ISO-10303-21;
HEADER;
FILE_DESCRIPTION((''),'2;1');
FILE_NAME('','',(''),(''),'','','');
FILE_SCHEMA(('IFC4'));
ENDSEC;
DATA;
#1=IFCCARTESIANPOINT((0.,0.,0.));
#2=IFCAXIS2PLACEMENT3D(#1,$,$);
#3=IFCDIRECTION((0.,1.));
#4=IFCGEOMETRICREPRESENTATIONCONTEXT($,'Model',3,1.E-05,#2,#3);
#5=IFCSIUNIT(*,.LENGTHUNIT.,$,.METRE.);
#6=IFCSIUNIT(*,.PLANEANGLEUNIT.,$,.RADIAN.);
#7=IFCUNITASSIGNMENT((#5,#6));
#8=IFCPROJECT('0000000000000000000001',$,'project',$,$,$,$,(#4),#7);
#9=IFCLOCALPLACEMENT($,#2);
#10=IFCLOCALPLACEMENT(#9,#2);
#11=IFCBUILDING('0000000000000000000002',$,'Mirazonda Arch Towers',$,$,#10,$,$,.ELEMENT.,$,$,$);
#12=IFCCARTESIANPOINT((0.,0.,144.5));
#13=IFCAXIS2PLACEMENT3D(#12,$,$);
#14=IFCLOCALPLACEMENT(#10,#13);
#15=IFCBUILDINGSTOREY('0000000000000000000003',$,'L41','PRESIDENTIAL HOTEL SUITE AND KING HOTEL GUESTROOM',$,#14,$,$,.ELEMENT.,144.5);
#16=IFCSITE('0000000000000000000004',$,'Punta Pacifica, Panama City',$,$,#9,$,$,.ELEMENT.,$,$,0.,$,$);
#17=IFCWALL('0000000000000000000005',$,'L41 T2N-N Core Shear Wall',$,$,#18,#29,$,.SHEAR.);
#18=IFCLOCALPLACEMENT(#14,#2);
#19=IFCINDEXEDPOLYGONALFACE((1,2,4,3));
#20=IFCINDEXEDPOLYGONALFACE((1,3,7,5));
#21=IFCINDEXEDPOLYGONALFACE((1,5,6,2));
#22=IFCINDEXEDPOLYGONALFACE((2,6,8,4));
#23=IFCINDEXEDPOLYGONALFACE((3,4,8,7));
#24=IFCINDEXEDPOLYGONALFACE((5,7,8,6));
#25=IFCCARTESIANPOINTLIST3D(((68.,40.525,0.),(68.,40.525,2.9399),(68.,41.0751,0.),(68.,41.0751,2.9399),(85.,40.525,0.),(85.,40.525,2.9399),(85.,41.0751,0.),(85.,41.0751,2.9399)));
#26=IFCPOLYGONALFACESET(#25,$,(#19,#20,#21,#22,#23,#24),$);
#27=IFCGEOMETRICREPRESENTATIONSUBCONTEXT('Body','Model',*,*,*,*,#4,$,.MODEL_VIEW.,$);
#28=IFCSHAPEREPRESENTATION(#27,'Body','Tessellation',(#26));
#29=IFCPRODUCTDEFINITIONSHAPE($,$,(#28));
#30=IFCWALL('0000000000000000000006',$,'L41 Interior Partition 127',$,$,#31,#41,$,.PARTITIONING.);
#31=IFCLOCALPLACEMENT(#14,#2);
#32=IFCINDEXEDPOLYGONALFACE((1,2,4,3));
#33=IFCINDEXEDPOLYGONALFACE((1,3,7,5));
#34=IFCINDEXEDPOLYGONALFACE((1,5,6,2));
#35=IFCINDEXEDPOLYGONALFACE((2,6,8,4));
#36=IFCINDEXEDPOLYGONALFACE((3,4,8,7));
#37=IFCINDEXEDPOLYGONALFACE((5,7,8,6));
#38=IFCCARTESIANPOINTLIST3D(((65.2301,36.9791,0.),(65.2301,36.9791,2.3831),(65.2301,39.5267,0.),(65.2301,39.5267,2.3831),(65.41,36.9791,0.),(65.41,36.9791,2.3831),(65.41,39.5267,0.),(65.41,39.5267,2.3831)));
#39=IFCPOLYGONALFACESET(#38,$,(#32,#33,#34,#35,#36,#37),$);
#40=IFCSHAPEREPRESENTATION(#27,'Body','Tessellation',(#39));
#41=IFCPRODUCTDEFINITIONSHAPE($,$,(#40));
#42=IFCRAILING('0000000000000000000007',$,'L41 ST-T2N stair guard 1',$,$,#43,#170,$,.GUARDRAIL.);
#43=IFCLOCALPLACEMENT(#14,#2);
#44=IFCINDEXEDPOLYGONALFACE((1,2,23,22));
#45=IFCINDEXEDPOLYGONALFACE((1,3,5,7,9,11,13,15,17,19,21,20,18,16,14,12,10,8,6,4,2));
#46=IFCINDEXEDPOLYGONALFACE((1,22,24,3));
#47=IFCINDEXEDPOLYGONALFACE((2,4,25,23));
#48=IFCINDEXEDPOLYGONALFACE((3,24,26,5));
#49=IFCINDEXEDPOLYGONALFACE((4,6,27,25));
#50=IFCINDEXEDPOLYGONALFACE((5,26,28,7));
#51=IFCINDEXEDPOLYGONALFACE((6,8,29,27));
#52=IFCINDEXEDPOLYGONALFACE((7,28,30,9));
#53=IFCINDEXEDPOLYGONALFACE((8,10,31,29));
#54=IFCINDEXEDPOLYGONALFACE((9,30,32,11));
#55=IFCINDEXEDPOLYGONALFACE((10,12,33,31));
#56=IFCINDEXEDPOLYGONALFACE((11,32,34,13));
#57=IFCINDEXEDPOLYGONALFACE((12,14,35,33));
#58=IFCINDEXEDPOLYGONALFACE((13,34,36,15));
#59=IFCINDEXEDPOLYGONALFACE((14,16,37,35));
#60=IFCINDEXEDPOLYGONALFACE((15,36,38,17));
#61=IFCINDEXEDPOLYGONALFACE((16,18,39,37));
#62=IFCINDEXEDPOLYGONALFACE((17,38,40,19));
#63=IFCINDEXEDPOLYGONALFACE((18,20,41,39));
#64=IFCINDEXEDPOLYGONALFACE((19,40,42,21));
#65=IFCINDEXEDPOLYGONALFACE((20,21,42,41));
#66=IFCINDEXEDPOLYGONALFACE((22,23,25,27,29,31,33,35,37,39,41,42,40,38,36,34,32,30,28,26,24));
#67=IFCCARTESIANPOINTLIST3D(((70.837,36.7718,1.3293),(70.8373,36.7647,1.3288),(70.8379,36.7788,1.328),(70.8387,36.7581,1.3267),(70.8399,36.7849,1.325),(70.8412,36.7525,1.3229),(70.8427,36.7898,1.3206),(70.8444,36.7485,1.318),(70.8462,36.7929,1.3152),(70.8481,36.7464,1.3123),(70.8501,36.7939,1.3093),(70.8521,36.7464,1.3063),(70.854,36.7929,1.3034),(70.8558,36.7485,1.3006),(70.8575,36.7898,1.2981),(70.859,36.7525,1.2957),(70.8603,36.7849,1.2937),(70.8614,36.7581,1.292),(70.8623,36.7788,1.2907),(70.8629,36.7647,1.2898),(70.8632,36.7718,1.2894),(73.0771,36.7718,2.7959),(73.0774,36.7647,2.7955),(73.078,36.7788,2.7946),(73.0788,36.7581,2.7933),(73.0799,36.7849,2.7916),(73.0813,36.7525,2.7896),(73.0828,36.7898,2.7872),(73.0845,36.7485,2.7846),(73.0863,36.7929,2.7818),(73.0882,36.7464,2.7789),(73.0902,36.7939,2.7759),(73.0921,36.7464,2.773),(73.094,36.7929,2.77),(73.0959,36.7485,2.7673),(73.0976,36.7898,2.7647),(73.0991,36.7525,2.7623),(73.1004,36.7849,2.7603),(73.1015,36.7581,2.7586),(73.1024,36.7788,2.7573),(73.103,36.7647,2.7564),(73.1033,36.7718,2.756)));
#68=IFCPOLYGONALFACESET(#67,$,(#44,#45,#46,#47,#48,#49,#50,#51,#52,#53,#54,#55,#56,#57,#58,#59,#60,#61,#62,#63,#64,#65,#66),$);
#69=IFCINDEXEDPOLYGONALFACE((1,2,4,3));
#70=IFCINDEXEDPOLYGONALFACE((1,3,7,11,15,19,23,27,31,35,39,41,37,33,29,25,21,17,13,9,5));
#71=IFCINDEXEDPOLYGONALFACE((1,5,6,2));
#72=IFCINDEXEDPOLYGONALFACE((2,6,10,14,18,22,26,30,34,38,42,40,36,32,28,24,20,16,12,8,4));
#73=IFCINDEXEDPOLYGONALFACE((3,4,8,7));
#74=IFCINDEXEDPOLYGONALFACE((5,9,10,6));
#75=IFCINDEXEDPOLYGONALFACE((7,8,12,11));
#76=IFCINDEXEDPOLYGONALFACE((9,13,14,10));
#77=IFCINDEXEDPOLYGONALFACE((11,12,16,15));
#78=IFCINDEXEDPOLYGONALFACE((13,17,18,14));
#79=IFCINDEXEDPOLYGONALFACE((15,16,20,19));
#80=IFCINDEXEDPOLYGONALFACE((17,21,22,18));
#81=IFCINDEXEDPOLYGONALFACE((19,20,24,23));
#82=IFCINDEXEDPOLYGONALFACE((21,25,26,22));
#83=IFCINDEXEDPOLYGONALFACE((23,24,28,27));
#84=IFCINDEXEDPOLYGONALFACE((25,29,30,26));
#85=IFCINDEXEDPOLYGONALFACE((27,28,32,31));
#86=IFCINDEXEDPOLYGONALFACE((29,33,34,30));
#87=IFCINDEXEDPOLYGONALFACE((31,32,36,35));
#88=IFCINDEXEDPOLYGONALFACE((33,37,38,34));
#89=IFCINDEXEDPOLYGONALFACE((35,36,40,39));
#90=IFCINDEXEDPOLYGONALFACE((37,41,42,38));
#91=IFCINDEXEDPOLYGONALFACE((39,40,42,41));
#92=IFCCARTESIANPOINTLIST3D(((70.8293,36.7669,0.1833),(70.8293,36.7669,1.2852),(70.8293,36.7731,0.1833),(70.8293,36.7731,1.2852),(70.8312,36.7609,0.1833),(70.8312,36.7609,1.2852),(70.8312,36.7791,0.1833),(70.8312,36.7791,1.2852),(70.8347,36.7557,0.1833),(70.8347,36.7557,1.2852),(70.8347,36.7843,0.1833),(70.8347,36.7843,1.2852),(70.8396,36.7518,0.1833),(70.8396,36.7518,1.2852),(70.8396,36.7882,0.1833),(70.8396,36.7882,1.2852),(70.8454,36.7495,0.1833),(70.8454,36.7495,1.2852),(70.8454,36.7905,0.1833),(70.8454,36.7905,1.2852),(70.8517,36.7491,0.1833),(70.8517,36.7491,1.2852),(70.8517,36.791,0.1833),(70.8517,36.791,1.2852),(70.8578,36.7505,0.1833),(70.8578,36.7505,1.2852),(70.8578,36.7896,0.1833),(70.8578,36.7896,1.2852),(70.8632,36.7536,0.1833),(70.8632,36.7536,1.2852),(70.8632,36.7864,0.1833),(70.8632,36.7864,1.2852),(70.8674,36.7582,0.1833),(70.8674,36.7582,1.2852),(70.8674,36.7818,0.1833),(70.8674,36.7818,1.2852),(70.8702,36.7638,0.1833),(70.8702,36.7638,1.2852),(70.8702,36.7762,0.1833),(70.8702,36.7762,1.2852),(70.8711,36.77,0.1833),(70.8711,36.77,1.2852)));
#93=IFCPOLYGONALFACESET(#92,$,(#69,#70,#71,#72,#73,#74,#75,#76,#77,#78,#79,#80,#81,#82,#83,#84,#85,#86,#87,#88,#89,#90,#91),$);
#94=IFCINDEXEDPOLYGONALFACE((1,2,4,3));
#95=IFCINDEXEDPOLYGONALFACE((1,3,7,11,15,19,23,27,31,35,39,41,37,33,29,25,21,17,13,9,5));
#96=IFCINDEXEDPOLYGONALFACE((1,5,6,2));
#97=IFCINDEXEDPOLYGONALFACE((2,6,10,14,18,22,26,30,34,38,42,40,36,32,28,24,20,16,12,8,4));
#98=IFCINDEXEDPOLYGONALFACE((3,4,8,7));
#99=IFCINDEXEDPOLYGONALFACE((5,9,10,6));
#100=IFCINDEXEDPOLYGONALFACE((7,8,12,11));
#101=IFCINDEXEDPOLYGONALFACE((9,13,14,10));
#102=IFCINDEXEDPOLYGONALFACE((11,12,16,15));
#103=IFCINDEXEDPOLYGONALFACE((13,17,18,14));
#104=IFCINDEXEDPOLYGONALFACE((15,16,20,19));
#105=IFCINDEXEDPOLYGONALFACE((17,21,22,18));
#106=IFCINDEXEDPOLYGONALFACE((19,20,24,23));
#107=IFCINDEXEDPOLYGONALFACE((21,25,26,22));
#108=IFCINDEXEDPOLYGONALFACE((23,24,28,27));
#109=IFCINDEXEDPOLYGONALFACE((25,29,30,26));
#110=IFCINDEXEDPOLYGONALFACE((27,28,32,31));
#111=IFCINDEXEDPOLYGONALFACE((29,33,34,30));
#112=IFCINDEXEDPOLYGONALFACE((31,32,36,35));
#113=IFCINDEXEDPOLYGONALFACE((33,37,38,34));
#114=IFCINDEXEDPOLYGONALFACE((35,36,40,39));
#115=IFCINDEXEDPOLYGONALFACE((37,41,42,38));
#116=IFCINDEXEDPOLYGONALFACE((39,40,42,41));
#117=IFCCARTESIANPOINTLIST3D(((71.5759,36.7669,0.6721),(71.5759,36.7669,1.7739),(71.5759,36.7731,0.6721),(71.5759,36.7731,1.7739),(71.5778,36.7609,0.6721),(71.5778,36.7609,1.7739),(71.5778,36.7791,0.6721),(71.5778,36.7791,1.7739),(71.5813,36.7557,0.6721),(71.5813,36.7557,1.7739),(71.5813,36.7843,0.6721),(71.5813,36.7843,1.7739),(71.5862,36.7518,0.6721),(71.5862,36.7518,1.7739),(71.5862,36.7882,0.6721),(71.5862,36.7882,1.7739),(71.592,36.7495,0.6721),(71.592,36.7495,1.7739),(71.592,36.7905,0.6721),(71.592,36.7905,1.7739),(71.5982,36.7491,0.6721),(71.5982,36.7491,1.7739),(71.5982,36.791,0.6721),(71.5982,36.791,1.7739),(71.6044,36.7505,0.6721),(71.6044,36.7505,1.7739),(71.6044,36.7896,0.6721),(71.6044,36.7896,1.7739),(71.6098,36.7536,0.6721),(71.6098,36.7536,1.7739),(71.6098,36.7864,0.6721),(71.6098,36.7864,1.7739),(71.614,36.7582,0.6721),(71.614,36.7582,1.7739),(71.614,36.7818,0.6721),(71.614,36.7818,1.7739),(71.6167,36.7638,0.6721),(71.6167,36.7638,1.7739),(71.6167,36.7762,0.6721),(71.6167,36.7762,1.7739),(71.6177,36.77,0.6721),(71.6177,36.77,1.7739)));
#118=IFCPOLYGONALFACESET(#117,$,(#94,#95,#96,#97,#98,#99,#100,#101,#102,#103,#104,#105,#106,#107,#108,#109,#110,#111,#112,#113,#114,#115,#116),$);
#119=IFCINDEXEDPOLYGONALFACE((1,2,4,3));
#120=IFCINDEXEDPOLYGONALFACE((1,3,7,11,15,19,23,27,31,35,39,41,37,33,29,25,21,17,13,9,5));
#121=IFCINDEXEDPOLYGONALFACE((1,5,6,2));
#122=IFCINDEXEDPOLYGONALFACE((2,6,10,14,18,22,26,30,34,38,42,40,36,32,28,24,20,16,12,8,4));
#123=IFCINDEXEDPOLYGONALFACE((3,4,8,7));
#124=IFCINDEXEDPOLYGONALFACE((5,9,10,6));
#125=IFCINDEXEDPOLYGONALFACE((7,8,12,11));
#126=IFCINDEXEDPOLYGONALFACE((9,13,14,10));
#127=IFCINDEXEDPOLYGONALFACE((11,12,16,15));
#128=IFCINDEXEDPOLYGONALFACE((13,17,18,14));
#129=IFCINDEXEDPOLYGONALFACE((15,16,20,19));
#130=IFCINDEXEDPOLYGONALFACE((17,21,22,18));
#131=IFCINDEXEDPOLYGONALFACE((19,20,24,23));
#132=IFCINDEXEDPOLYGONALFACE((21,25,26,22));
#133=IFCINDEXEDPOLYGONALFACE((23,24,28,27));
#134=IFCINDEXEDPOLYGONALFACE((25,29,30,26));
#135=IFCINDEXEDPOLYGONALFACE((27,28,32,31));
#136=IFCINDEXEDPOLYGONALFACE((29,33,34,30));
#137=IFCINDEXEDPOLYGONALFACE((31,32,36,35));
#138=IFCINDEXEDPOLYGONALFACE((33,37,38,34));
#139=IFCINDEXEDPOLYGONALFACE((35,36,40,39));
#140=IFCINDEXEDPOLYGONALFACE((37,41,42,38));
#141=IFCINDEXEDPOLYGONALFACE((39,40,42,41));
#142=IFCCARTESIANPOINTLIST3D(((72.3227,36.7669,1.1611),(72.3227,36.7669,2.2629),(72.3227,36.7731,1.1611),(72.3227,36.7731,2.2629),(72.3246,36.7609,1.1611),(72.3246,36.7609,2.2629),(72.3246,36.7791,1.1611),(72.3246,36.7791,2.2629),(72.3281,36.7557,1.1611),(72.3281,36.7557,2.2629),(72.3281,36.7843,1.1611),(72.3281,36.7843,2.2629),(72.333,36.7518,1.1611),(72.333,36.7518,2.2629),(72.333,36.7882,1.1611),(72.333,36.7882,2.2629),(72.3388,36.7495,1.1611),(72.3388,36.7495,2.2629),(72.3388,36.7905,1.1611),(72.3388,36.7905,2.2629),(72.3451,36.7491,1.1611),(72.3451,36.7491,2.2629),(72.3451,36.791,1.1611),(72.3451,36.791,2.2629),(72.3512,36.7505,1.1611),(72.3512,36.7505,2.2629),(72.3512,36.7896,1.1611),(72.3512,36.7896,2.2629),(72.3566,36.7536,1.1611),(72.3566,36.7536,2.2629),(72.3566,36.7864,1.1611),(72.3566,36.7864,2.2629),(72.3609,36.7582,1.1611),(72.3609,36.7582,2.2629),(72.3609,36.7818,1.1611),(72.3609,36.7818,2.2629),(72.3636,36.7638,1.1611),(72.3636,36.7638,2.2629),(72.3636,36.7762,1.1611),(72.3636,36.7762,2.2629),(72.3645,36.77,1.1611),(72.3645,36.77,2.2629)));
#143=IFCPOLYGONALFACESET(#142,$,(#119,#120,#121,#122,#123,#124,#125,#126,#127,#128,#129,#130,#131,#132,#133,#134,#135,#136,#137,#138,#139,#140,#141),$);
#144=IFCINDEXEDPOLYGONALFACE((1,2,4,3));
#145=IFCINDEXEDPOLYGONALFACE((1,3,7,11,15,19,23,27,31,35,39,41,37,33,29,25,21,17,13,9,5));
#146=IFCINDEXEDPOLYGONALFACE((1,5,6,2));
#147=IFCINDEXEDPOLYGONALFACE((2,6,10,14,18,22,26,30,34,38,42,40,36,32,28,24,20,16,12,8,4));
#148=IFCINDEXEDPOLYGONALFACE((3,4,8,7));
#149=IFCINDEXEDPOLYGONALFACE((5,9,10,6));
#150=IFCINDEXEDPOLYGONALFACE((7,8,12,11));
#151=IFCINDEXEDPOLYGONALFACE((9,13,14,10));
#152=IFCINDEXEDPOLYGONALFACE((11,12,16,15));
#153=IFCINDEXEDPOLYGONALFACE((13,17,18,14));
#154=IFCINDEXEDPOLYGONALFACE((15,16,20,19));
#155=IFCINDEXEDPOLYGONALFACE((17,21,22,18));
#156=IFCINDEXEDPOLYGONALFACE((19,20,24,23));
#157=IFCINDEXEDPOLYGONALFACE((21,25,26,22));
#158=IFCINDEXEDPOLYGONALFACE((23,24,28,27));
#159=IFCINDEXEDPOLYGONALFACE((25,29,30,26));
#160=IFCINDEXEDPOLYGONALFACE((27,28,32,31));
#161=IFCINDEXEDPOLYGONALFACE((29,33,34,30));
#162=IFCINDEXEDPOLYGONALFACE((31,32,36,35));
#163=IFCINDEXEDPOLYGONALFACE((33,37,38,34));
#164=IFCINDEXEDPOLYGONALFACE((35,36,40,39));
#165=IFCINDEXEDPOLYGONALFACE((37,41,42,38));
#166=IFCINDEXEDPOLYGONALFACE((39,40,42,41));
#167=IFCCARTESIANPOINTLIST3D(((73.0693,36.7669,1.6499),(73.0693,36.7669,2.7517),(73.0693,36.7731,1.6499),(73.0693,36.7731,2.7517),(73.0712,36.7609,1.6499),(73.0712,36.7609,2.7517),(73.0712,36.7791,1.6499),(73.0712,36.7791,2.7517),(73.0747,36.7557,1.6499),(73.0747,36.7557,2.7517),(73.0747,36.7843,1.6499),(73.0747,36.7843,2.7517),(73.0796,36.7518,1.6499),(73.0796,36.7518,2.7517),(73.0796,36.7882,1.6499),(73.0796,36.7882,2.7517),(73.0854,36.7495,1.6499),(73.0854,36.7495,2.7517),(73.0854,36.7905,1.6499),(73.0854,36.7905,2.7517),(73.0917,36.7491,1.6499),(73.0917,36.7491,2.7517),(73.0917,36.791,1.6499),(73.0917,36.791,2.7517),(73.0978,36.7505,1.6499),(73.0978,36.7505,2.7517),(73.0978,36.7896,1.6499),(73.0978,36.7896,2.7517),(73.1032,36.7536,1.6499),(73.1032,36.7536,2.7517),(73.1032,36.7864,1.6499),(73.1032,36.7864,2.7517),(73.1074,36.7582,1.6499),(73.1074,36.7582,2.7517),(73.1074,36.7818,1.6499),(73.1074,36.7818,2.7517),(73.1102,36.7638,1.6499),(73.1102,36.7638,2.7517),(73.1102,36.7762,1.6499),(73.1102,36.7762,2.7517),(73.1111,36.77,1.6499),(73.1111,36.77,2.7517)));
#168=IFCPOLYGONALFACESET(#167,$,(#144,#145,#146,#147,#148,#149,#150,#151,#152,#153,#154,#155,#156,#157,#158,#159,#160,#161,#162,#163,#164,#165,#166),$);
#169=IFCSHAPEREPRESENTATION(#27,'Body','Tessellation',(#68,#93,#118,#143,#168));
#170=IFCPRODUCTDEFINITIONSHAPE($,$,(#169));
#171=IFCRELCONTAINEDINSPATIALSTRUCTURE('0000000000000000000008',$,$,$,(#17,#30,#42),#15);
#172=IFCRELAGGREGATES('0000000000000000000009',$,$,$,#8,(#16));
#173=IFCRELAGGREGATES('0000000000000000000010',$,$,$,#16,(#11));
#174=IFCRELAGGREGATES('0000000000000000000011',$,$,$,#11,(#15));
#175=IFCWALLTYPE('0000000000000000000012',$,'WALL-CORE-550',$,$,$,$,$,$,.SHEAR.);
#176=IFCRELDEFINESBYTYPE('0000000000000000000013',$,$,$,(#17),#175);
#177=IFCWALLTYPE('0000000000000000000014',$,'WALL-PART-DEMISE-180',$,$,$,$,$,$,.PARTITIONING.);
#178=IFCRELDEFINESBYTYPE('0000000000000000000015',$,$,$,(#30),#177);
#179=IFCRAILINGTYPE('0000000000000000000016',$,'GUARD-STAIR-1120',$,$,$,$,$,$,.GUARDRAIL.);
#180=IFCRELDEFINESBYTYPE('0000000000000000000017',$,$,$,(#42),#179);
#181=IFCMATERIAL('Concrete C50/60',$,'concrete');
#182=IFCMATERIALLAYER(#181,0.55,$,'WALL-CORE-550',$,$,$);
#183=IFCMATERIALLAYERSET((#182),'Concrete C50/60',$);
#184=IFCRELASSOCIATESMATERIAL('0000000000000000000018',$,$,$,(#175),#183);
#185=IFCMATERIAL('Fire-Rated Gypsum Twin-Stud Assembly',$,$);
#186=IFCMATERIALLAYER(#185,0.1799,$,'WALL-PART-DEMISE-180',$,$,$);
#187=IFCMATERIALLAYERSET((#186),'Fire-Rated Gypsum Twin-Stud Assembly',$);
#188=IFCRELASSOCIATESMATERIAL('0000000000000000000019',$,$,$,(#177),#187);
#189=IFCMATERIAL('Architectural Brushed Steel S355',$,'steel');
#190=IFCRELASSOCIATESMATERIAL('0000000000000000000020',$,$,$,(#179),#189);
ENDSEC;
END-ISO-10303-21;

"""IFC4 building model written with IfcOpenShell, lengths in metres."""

from ifc_helpers import new_model, si_unit, direction, frame, frame_2d, origin, origin_2d, place, context, subcontext, project, spatial, rectangle, circle, extrude, material, layer, layer_set, type_object, element, save


model = new_model("IFC4")

# Units and contexts
model_context = context("Model", 3, precision=1e-05, world=origin(), true_north=direction((0.0, 1.0)))
body_context = subcontext(model_context, "Body", "Model", "MODEL_VIEW")
ifc_project = project(units=[si_unit("LENGTHUNIT", "METRE"), si_unit("PLANEANGLEUNIT", "RADIAN")], contexts=[model_context])

# Site, building, storey
site_placement = place(None, origin())
site = spatial("IfcSite", under=ifc_project, at=site_placement, Name="Punta Pacifica, Panama City", CompositionType="ELEMENT", RefElevation=0.0)
building_placement = place(site_placement, origin())
building = spatial("IfcBuilding", under=site, at=building_placement, Name="Mirazonda Arch Towers", CompositionType="ELEMENT")
storey_placement = place(building_placement, frame((0.0, 0.0, 144.5)))
storey = spatial("IfcBuildingStorey", under=building, at=storey_placement, Name="L41", Description="PRESIDENTIAL HOTEL SUITE AND KING HOTEL GUESTROOM", CompositionType="ELEMENT", Elevation=144.5)

# Shared definitions
ifc_material_1 = material(Name="Concrete C50/60", Category="concrete")

# Walls
ifc_layer_1 = layer(ifc_material_1, 0.55, Name="WALL-CORE-550")
ifc_layer_set_1 = layer_set([ifc_layer_1], Name="Concrete C50/60")
wall_type_1 = type_object("IfcWallType", Name="WALL-CORE-550", PredefinedType="SHEAR", material=ifc_layer_set_1)
wall_1_placement = place(storey_placement, frame((68.0, 40.8, 0.0), z_axis=(0.0, 0.0, 1.0), x_axis=(1.0, 0.0, 0.0)))
element("IfcWall", 1, at=wall_1_placement, inside=storey, type_object=wall_type_1, Name="L41 T2N-N Core Shear Wall", PredefinedType="SHEAR", context=body_context, shape_type="SweptSolid", body=[
    extrude(rectangle(XDim=17.0, YDim=0.55, at=frame_2d((8.5, 0.0))), origin(), (0.0, 0.0, 1.0), 2.9399),
])
ifc_material_2 = material(Name="Fire-Rated Gypsum Twin-Stud Assembly")
ifc_layer_2 = layer(ifc_material_2, 0.1799, Name="WALL-PART-DEMISE-180")
ifc_layer_set_2 = layer_set([ifc_layer_2], Name="Fire-Rated Gypsum Twin-Stud Assembly")
wall_type_2 = type_object("IfcWallType", Name="WALL-PART-DEMISE-180", PredefinedType="PARTITIONING", material=ifc_layer_set_2)
wall_2_placement = place(storey_placement, frame((65.3201, 36.979, 0.0), z_axis=(0.0, 0.0, 1.0), x_axis=(0.0, 1.0, 0.0)))
element("IfcWall", 2, at=wall_2_placement, inside=storey, type_object=wall_type_2, Name="L41 Interior Partition 127", PredefinedType="PARTITIONING", context=body_context, shape_type="SweptSolid", body=[
    extrude(rectangle(XDim=2.5476, YDim=0.1799, at=frame_2d((1.2739, 0.0))), origin(), (0.0, 0.0, 1.0), 2.3831),
])

# Railing
ifc_material_3 = material(Name="Architectural Brushed Steel S355", Category="steel")
railing_type = type_object("IfcRailingType", Name="GUARD-STAIR-1120", PredefinedType="GUARDRAIL", material=ifc_material_3)
railing_1_placement = place(storey_placement, frame((70.8501, 36.77, 0.1833)))
element("IfcRailing", 3, at=railing_1_placement, inside=storey, type_object=railing_type, Name="L41 ST-T2N stair guard 1", PredefinedType="GUARDRAIL", context=body_context, shape_type="SweptSolid", body=[
    extrude(circle(Radius=0.0239, at=origin_2d()), frame((0.0, 0.0, 1.126), z_axis=(0.836637, 0.0, 0.547758), x_axis=(0.0, 1.0, 0.0)), (0.0, 0.0, 1.0), 2.6775),
    extrude(circle(Radius=0.021, at=origin_2d()), origin(), (0.0, 0.0, 1.0), 1.1018),
    extrude(circle(Radius=0.021, at=origin_2d()), frame((0.7466, 0.0, 0.4888)), (0.0, 0.0, 1.0), 1.1018),
    extrude(circle(Radius=0.021, at=origin_2d()), frame((1.4934, 0.0, 0.9778)), (0.0, 0.0, 1.0), 1.1018),
    extrude(circle(Radius=0.021, at=origin_2d()), frame((2.24, 0.0, 1.4666)), (0.0, 0.0, 1.0), 1.1018),
])

save(model, "model.ifc")
